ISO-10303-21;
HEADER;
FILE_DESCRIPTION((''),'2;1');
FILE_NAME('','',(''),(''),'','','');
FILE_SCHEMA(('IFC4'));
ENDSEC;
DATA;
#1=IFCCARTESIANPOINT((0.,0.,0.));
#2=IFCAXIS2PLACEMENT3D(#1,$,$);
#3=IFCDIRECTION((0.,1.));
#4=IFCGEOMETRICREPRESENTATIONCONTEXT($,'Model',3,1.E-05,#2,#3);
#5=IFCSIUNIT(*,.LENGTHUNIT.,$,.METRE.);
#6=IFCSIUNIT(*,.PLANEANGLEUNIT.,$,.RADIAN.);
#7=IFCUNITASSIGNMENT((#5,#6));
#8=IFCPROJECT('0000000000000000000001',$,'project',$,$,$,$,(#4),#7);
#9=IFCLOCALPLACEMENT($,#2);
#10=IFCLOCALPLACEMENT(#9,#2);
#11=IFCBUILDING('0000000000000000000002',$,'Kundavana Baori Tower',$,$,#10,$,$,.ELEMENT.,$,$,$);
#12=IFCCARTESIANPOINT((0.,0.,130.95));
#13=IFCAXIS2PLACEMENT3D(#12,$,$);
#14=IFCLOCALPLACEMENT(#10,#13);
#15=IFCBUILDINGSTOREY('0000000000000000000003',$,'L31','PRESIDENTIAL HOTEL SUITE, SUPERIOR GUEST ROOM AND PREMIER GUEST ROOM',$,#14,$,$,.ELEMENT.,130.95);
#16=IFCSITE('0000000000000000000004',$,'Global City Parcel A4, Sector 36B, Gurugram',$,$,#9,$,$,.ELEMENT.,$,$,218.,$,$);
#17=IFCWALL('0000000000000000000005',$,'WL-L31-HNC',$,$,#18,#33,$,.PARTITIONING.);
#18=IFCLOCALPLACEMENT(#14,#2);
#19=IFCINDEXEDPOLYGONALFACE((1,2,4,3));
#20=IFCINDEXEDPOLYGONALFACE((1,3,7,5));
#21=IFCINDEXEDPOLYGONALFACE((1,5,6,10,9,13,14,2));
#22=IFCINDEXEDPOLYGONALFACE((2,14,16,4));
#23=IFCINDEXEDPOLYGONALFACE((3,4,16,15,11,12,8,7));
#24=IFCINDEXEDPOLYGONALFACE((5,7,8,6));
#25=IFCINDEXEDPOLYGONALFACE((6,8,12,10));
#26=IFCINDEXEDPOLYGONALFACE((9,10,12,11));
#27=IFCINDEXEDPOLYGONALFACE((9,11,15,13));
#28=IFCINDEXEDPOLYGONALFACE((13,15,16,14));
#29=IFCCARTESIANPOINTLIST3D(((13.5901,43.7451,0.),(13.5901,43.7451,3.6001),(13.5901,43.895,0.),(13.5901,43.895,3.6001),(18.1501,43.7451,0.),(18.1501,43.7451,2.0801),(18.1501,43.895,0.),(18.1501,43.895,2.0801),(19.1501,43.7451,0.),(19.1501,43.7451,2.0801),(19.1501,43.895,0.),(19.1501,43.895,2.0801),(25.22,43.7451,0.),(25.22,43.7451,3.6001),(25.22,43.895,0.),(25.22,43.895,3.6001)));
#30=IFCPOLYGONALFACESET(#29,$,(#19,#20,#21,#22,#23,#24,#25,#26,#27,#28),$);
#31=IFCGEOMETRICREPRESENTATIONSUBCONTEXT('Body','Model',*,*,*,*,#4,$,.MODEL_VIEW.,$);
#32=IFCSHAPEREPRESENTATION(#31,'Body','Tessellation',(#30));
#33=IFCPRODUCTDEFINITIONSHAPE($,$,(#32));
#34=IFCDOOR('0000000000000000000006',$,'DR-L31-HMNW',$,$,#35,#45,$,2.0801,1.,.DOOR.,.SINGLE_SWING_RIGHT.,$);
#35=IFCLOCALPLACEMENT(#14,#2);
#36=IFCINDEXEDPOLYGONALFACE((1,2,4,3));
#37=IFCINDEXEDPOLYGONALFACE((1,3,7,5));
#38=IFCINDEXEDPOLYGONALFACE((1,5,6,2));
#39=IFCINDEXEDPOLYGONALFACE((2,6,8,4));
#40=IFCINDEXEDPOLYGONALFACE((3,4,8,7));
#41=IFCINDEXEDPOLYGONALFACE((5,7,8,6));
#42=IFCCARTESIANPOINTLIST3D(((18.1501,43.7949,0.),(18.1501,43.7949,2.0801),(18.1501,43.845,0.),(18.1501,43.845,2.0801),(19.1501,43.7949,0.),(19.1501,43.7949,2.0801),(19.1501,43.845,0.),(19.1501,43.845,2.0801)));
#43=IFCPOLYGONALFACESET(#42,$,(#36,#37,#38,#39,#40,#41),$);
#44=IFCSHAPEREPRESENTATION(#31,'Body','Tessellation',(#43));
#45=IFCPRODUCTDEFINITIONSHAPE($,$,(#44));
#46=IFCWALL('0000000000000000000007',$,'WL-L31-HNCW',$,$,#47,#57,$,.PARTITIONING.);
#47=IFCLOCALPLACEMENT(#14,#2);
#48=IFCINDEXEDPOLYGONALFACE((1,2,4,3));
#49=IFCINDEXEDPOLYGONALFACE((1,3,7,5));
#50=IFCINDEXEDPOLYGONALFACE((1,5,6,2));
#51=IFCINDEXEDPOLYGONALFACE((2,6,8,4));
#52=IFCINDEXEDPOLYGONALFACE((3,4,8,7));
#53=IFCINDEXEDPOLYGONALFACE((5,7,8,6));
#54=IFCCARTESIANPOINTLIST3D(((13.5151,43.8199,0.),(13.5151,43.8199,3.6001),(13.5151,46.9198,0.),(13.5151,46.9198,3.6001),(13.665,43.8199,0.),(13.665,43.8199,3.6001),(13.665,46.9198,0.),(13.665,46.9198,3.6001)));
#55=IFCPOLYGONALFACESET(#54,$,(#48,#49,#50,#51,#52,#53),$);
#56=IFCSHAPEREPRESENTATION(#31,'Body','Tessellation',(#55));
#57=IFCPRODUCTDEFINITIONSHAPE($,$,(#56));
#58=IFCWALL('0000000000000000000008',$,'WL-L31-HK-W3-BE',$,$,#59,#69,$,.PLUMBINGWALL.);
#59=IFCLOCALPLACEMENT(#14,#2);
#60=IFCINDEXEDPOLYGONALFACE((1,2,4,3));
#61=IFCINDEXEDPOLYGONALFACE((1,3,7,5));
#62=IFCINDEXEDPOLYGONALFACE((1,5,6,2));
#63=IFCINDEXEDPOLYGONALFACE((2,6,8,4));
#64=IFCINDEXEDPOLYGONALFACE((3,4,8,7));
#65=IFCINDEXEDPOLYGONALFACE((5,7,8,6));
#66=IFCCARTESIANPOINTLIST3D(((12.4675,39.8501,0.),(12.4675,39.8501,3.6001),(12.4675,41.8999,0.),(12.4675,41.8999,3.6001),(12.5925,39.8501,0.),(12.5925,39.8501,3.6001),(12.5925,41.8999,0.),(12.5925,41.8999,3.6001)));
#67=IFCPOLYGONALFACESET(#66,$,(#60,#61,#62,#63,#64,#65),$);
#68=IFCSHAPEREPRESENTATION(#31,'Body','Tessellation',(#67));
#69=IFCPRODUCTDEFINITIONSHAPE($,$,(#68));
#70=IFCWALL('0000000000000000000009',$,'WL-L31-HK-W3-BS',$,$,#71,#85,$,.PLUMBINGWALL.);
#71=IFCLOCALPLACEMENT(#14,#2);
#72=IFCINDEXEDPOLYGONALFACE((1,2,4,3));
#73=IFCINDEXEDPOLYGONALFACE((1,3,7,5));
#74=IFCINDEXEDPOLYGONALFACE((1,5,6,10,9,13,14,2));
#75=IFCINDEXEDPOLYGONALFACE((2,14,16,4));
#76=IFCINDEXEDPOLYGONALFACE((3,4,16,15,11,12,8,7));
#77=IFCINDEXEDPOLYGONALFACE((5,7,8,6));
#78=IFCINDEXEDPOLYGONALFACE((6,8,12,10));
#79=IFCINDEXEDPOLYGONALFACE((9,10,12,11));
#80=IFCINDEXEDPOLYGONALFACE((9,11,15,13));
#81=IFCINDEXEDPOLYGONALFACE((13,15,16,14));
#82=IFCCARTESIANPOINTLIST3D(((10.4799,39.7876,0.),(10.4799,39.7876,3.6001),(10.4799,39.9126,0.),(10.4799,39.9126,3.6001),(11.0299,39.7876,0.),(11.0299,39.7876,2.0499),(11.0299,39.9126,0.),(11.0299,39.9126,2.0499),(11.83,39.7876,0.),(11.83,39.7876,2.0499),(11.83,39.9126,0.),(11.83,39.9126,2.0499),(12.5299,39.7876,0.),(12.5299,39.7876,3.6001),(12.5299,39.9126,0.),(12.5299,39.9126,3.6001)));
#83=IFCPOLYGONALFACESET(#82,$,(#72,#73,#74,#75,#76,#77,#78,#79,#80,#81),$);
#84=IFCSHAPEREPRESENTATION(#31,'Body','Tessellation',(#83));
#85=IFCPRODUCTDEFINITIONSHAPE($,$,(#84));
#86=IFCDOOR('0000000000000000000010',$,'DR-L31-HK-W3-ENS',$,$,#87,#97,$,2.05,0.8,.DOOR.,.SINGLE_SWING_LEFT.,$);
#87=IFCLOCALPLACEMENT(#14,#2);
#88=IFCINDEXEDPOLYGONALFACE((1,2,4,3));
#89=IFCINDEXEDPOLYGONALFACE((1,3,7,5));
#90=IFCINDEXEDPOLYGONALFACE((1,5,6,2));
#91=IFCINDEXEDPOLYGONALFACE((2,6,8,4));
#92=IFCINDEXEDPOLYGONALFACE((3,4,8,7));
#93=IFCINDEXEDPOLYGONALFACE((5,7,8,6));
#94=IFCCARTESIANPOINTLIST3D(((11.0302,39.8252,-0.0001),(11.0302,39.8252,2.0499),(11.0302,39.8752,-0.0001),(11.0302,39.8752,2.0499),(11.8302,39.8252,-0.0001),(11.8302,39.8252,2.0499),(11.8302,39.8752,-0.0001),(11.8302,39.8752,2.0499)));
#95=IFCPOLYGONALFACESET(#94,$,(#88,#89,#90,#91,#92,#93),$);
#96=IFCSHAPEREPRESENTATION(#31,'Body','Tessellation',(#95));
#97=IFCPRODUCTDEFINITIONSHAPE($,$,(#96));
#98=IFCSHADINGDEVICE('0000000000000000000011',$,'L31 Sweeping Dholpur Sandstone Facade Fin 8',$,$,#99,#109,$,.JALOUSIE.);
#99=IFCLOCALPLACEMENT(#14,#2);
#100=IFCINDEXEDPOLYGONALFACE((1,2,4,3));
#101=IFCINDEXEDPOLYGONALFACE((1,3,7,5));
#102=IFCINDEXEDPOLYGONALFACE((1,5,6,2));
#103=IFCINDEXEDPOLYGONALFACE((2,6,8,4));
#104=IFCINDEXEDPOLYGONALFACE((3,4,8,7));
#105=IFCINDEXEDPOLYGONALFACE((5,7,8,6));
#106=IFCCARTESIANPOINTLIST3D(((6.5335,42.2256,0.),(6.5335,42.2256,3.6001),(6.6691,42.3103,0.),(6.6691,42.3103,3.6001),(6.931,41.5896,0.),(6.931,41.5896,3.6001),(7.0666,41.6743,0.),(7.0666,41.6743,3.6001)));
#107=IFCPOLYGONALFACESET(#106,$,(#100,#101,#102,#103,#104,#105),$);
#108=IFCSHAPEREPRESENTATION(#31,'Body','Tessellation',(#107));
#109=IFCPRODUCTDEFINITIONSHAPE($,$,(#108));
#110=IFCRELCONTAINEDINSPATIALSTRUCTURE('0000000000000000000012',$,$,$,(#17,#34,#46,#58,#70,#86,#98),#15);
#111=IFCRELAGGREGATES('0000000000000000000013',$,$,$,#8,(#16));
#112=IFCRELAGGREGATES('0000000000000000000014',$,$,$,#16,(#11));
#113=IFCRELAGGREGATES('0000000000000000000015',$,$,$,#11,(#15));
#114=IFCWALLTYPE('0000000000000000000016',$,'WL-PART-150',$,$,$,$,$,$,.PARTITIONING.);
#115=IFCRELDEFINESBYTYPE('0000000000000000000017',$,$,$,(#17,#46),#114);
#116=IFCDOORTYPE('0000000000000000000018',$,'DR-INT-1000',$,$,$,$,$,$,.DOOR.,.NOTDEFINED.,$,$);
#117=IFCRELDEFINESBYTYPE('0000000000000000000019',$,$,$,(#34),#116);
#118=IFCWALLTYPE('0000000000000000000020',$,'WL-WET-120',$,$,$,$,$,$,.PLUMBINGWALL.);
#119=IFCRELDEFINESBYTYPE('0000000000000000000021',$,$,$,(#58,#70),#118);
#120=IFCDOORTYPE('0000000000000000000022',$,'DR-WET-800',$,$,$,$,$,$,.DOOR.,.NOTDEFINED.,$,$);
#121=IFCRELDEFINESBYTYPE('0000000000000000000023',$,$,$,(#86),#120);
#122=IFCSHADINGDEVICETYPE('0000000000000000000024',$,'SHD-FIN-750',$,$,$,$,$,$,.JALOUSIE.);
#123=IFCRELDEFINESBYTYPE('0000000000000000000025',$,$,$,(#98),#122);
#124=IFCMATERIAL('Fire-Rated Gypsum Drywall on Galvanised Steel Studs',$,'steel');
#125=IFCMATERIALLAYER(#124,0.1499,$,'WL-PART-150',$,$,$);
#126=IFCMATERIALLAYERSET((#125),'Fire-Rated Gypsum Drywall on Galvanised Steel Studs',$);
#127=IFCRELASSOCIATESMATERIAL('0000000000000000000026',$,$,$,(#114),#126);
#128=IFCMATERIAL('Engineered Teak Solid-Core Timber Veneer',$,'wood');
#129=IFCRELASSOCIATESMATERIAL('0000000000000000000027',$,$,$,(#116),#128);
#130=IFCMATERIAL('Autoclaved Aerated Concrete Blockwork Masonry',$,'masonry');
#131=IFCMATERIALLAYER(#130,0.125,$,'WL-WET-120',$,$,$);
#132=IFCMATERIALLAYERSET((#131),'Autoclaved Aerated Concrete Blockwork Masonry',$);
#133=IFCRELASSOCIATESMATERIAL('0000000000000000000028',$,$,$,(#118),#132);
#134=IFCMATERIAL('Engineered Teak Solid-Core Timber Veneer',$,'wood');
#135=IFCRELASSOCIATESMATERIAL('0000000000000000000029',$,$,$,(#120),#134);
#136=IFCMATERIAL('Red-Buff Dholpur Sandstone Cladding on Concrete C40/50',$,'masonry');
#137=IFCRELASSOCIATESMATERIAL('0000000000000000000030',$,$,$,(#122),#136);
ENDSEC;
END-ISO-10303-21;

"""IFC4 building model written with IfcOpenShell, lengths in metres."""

from ifc_helpers import new_model, si_unit, direction, frame, frame_2d, origin, origin_2d, place, context, subcontext, project, spatial, rectangle, extrude, material, layer, layer_set, type_object, element, fill, save


model = new_model("IFC4")

# Units and contexts
model_context = context("Model", 3, precision=1e-05, world=origin(), true_north=direction((0.0, 1.0)))
body_context = subcontext(model_context, "Body", "Model", "MODEL_VIEW")
ifc_project = project(units=[si_unit("LENGTHUNIT", "METRE"), si_unit("PLANEANGLEUNIT", "RADIAN")], contexts=[model_context])

# Site, building, storey
site_placement = place(None, origin())
site = spatial("IfcSite", under=ifc_project, at=site_placement, Name="Global City Parcel A4, Sector 36B, Gurugram", CompositionType="ELEMENT", RefElevation=218.0)
building_placement = place(site_placement, origin())
building = spatial("IfcBuilding", under=site, at=building_placement, Name="Kundavana Baori Tower", CompositionType="ELEMENT")
storey_placement = place(building_placement, frame((0.0, 0.0, 130.95)))
storey = spatial("IfcBuildingStorey", under=building, at=storey_placement, Name="L31", Description="PRESIDENTIAL HOTEL SUITE, SUPERIOR GUEST ROOM AND PREMIER GUEST ROOM", CompositionType="ELEMENT", Elevation=130.95)

# Shared definitions
ifc_material_1 = material(Name="Fire-Rated Gypsum Drywall on Galvanised Steel Studs", Category="steel")
ifc_layer_1 = layer(ifc_material_1, 0.1499, Name="WL-PART-150")
ifc_layer_set_1 = layer_set([ifc_layer_1], Name="Fire-Rated Gypsum Drywall on Galvanised Steel Studs")
wall_type_1 = type_object("IfcWallType", Name="WL-PART-150", PredefinedType="PARTITIONING", material=ifc_layer_set_1)

# Wall, opening, door
wall_1_placement = place(storey_placement, frame((13.5901, 43.8201, 0.0), z_axis=(0.0, 0.0, 1.0), x_axis=(1.0, 0.0, 0.0)))
wall_1 = element("IfcWall", 1, at=wall_1_placement, inside=storey, type_object=wall_type_1, Name="WL-L31-HNC", PredefinedType="PARTITIONING", context=body_context, shape_type="SweptSolid", body=[
    extrude(rectangle(XDim=11.6299, YDim=0.1499, at=frame_2d((5.8149, 0.0))), origin(), (0.0, 0.0, 1.0), 3.6001),
])
opening_1_placement = place(wall_1_placement, frame((4.5601, 0.0, 0.0)))
opening_1 = element("IfcOpeningElement", 2, at=opening_1_placement, cuts=wall_1, PredefinedType="OPENING", context=body_context, shape_type="SweptSolid", body=[
    extrude(rectangle(XDim=1.0, YDim=2.0801, at=frame_2d((0.5, 1.04))), frame((0.0, 0.085, 0.0), z_axis=(0.0, -1.0, 0.0), x_axis=(1.0, 0.0, 0.0)), (0.0, 0.0, 1.0), 0.1699),
])
ifc_material_2 = material(Name="Engineered Teak Solid-Core Timber Veneer", Category="wood")
door_type_1 = type_object("IfcDoorType", Name="DR-INT-1000", OperationType="NOTDEFINED", PredefinedType="DOOR", material=ifc_material_2)
door_1_placement = place(opening_1_placement, origin())
door_1 = element("IfcDoor", 3, at=door_1_placement, inside=storey, type_object=door_type_1, Name="DR-L31-HMNW", OperationType="SINGLE_SWING_RIGHT", OverallHeight=2.0801, OverallWidth=1.0, PredefinedType="DOOR", context=body_context, shape_type="SweptSolid", body=[
    extrude(rectangle(XDim=1.0, YDim=2.0801, at=frame_2d((0.5, 1.04))), frame((0.0, 0.0249, 0.0), z_axis=(0.0, -1.0, 0.0), x_axis=(1.0, 0.0, 0.0)), (0.0, 0.0, 1.0), 0.05),
])
fill(opening_1, door_1)

# Walls
wall_2_placement = place(storey_placement, frame((13.5901, 43.8201, 0.0), z_axis=(0.0, 0.0, 1.0), x_axis=(0.0, 1.0, 0.0)))
element("IfcWall", 4, at=wall_2_placement, inside=storey, type_object=wall_type_1, Name="WL-L31-HNCW", PredefinedType="PARTITIONING", context=body_context, shape_type="SweptSolid", body=[
    extrude(rectangle(XDim=3.0999, YDim=0.1499, at=frame_2d((1.5498, 0.0))), origin(), (0.0, 0.0, 1.0), 3.6001),
])
ifc_material_3 = material(Name="Autoclaved Aerated Concrete Blockwork Masonry", Category="masonry")
ifc_layer_2 = layer(ifc_material_3, 0.125, Name="WL-WET-120")
ifc_layer_set_2 = layer_set([ifc_layer_2], Name="Autoclaved Aerated Concrete Blockwork Masonry")
wall_type_2 = type_object("IfcWallType", Name="WL-WET-120", PredefinedType="PLUMBINGWALL", material=ifc_layer_set_2)
wall_3_placement = place(storey_placement, frame((12.53, 39.8501, 0.0), z_axis=(0.0, 0.0, 1.0), x_axis=(0.0, 1.0, 0.0)))
element("IfcWall", 5, at=wall_3_placement, inside=storey, type_object=wall_type_2, Name="WL-L31-HK-W3-BE", PredefinedType="PLUMBINGWALL", context=body_context, shape_type="SweptSolid", body=[
    extrude(rectangle(XDim=2.0498, YDim=0.125, at=frame_2d((1.0249, 0.0))), origin(), (0.0, 0.0, 1.0), 3.6001),
])

# Wall, opening, door
wall_4_placement = place(storey_placement, frame((10.48, 39.8501, 0.0), z_axis=(0.0, 0.0, 1.0), x_axis=(1.0, 0.0, 0.0)))
wall_4 = element("IfcWall", 6, at=wall_4_placement, inside=storey, type_object=wall_type_2, Name="WL-L31-HK-W3-BS", PredefinedType="PLUMBINGWALL", context=body_context, shape_type="SweptSolid", body=[
    extrude(rectangle(XDim=2.05, YDim=0.125, at=frame_2d((1.0249, 0.0))), origin(), (0.0, 0.0, 1.0), 3.6001),
])
opening_2_placement = place(wall_4_placement, frame((0.55, 0.0, 0.0)))
opening_2 = element("IfcOpeningElement", 7, at=opening_2_placement, cuts=wall_4, PredefinedType="OPENING", context=body_context, shape_type="SweptSolid", body=[
    extrude(rectangle(XDim=0.8, YDim=2.05, at=frame_2d((0.3999, 1.0249))), frame((0.0, 0.0725, 0.0), z_axis=(0.0, -1.0, 0.0), x_axis=(1.0, 0.0, 0.0)), (0.0, 0.0, 1.0), 0.145),
])
ifc_material_4 = material(Name="Engineered Teak Solid-Core Timber Veneer", Category="wood")
door_type_2 = type_object("IfcDoorType", Name="DR-WET-800", OperationType="NOTDEFINED", PredefinedType="DOOR", material=ifc_material_4)
door_2_placement = place(opening_2_placement, frame((0.8, 0.0, 0.0), z_axis=(0.0, 0.0, 1.0), x_axis=(-1.0, 0.0, 0.0)))
door_2 = element("IfcDoor", 8, at=door_2_placement, inside=storey, type_object=door_type_2, Name="DR-L31-HK-W3-ENS", OperationType="SINGLE_SWING_LEFT", OverallHeight=2.05, OverallWidth=0.8, PredefinedType="DOOR", context=body_context, shape_type="SweptSolid", body=[
    extrude(rectangle(XDim=0.8, YDim=2.05, at=frame_2d((0.3999, 1.0249))), frame((0.0, 0.0249, 0.0), z_axis=(0.0, -1.0, 0.0), x_axis=(1.0, 0.0, 0.0)), (0.0, 0.0, 1.0), 0.05),
])
fill(opening_2, door_2)

# Shading device
ifc_material_5 = material(Name="Red-Buff Dholpur Sandstone Cladding on Concrete C40/50", Category="masonry")
shading_device_type = type_object("IfcShadingDeviceType", Name="SHD-FIN-750", PredefinedType="JALOUSIE", material=ifc_material_5)
shading_device_placement = place(storey_placement, frame((6.8, 41.95, 0.0), z_axis=(0.0, 0.0, 1.0), x_axis=(0.848048, 0.529919, 0.0)))
element("IfcShadingDevice", 9, at=shading_device_placement, inside=storey, type_object=shading_device_type, Name="L31 Sweeping Dholpur Sandstone Facade Fin 8", PredefinedType="JALOUSIE", context=body_context, shape_type="SweptSolid", body=[
    extrude(rectangle(XDim=0.1599, YDim=0.75, at=origin_2d()), origin(), (0.0, 0.0, 1.0), 3.6001),
])

save(model, "model.ifc")
